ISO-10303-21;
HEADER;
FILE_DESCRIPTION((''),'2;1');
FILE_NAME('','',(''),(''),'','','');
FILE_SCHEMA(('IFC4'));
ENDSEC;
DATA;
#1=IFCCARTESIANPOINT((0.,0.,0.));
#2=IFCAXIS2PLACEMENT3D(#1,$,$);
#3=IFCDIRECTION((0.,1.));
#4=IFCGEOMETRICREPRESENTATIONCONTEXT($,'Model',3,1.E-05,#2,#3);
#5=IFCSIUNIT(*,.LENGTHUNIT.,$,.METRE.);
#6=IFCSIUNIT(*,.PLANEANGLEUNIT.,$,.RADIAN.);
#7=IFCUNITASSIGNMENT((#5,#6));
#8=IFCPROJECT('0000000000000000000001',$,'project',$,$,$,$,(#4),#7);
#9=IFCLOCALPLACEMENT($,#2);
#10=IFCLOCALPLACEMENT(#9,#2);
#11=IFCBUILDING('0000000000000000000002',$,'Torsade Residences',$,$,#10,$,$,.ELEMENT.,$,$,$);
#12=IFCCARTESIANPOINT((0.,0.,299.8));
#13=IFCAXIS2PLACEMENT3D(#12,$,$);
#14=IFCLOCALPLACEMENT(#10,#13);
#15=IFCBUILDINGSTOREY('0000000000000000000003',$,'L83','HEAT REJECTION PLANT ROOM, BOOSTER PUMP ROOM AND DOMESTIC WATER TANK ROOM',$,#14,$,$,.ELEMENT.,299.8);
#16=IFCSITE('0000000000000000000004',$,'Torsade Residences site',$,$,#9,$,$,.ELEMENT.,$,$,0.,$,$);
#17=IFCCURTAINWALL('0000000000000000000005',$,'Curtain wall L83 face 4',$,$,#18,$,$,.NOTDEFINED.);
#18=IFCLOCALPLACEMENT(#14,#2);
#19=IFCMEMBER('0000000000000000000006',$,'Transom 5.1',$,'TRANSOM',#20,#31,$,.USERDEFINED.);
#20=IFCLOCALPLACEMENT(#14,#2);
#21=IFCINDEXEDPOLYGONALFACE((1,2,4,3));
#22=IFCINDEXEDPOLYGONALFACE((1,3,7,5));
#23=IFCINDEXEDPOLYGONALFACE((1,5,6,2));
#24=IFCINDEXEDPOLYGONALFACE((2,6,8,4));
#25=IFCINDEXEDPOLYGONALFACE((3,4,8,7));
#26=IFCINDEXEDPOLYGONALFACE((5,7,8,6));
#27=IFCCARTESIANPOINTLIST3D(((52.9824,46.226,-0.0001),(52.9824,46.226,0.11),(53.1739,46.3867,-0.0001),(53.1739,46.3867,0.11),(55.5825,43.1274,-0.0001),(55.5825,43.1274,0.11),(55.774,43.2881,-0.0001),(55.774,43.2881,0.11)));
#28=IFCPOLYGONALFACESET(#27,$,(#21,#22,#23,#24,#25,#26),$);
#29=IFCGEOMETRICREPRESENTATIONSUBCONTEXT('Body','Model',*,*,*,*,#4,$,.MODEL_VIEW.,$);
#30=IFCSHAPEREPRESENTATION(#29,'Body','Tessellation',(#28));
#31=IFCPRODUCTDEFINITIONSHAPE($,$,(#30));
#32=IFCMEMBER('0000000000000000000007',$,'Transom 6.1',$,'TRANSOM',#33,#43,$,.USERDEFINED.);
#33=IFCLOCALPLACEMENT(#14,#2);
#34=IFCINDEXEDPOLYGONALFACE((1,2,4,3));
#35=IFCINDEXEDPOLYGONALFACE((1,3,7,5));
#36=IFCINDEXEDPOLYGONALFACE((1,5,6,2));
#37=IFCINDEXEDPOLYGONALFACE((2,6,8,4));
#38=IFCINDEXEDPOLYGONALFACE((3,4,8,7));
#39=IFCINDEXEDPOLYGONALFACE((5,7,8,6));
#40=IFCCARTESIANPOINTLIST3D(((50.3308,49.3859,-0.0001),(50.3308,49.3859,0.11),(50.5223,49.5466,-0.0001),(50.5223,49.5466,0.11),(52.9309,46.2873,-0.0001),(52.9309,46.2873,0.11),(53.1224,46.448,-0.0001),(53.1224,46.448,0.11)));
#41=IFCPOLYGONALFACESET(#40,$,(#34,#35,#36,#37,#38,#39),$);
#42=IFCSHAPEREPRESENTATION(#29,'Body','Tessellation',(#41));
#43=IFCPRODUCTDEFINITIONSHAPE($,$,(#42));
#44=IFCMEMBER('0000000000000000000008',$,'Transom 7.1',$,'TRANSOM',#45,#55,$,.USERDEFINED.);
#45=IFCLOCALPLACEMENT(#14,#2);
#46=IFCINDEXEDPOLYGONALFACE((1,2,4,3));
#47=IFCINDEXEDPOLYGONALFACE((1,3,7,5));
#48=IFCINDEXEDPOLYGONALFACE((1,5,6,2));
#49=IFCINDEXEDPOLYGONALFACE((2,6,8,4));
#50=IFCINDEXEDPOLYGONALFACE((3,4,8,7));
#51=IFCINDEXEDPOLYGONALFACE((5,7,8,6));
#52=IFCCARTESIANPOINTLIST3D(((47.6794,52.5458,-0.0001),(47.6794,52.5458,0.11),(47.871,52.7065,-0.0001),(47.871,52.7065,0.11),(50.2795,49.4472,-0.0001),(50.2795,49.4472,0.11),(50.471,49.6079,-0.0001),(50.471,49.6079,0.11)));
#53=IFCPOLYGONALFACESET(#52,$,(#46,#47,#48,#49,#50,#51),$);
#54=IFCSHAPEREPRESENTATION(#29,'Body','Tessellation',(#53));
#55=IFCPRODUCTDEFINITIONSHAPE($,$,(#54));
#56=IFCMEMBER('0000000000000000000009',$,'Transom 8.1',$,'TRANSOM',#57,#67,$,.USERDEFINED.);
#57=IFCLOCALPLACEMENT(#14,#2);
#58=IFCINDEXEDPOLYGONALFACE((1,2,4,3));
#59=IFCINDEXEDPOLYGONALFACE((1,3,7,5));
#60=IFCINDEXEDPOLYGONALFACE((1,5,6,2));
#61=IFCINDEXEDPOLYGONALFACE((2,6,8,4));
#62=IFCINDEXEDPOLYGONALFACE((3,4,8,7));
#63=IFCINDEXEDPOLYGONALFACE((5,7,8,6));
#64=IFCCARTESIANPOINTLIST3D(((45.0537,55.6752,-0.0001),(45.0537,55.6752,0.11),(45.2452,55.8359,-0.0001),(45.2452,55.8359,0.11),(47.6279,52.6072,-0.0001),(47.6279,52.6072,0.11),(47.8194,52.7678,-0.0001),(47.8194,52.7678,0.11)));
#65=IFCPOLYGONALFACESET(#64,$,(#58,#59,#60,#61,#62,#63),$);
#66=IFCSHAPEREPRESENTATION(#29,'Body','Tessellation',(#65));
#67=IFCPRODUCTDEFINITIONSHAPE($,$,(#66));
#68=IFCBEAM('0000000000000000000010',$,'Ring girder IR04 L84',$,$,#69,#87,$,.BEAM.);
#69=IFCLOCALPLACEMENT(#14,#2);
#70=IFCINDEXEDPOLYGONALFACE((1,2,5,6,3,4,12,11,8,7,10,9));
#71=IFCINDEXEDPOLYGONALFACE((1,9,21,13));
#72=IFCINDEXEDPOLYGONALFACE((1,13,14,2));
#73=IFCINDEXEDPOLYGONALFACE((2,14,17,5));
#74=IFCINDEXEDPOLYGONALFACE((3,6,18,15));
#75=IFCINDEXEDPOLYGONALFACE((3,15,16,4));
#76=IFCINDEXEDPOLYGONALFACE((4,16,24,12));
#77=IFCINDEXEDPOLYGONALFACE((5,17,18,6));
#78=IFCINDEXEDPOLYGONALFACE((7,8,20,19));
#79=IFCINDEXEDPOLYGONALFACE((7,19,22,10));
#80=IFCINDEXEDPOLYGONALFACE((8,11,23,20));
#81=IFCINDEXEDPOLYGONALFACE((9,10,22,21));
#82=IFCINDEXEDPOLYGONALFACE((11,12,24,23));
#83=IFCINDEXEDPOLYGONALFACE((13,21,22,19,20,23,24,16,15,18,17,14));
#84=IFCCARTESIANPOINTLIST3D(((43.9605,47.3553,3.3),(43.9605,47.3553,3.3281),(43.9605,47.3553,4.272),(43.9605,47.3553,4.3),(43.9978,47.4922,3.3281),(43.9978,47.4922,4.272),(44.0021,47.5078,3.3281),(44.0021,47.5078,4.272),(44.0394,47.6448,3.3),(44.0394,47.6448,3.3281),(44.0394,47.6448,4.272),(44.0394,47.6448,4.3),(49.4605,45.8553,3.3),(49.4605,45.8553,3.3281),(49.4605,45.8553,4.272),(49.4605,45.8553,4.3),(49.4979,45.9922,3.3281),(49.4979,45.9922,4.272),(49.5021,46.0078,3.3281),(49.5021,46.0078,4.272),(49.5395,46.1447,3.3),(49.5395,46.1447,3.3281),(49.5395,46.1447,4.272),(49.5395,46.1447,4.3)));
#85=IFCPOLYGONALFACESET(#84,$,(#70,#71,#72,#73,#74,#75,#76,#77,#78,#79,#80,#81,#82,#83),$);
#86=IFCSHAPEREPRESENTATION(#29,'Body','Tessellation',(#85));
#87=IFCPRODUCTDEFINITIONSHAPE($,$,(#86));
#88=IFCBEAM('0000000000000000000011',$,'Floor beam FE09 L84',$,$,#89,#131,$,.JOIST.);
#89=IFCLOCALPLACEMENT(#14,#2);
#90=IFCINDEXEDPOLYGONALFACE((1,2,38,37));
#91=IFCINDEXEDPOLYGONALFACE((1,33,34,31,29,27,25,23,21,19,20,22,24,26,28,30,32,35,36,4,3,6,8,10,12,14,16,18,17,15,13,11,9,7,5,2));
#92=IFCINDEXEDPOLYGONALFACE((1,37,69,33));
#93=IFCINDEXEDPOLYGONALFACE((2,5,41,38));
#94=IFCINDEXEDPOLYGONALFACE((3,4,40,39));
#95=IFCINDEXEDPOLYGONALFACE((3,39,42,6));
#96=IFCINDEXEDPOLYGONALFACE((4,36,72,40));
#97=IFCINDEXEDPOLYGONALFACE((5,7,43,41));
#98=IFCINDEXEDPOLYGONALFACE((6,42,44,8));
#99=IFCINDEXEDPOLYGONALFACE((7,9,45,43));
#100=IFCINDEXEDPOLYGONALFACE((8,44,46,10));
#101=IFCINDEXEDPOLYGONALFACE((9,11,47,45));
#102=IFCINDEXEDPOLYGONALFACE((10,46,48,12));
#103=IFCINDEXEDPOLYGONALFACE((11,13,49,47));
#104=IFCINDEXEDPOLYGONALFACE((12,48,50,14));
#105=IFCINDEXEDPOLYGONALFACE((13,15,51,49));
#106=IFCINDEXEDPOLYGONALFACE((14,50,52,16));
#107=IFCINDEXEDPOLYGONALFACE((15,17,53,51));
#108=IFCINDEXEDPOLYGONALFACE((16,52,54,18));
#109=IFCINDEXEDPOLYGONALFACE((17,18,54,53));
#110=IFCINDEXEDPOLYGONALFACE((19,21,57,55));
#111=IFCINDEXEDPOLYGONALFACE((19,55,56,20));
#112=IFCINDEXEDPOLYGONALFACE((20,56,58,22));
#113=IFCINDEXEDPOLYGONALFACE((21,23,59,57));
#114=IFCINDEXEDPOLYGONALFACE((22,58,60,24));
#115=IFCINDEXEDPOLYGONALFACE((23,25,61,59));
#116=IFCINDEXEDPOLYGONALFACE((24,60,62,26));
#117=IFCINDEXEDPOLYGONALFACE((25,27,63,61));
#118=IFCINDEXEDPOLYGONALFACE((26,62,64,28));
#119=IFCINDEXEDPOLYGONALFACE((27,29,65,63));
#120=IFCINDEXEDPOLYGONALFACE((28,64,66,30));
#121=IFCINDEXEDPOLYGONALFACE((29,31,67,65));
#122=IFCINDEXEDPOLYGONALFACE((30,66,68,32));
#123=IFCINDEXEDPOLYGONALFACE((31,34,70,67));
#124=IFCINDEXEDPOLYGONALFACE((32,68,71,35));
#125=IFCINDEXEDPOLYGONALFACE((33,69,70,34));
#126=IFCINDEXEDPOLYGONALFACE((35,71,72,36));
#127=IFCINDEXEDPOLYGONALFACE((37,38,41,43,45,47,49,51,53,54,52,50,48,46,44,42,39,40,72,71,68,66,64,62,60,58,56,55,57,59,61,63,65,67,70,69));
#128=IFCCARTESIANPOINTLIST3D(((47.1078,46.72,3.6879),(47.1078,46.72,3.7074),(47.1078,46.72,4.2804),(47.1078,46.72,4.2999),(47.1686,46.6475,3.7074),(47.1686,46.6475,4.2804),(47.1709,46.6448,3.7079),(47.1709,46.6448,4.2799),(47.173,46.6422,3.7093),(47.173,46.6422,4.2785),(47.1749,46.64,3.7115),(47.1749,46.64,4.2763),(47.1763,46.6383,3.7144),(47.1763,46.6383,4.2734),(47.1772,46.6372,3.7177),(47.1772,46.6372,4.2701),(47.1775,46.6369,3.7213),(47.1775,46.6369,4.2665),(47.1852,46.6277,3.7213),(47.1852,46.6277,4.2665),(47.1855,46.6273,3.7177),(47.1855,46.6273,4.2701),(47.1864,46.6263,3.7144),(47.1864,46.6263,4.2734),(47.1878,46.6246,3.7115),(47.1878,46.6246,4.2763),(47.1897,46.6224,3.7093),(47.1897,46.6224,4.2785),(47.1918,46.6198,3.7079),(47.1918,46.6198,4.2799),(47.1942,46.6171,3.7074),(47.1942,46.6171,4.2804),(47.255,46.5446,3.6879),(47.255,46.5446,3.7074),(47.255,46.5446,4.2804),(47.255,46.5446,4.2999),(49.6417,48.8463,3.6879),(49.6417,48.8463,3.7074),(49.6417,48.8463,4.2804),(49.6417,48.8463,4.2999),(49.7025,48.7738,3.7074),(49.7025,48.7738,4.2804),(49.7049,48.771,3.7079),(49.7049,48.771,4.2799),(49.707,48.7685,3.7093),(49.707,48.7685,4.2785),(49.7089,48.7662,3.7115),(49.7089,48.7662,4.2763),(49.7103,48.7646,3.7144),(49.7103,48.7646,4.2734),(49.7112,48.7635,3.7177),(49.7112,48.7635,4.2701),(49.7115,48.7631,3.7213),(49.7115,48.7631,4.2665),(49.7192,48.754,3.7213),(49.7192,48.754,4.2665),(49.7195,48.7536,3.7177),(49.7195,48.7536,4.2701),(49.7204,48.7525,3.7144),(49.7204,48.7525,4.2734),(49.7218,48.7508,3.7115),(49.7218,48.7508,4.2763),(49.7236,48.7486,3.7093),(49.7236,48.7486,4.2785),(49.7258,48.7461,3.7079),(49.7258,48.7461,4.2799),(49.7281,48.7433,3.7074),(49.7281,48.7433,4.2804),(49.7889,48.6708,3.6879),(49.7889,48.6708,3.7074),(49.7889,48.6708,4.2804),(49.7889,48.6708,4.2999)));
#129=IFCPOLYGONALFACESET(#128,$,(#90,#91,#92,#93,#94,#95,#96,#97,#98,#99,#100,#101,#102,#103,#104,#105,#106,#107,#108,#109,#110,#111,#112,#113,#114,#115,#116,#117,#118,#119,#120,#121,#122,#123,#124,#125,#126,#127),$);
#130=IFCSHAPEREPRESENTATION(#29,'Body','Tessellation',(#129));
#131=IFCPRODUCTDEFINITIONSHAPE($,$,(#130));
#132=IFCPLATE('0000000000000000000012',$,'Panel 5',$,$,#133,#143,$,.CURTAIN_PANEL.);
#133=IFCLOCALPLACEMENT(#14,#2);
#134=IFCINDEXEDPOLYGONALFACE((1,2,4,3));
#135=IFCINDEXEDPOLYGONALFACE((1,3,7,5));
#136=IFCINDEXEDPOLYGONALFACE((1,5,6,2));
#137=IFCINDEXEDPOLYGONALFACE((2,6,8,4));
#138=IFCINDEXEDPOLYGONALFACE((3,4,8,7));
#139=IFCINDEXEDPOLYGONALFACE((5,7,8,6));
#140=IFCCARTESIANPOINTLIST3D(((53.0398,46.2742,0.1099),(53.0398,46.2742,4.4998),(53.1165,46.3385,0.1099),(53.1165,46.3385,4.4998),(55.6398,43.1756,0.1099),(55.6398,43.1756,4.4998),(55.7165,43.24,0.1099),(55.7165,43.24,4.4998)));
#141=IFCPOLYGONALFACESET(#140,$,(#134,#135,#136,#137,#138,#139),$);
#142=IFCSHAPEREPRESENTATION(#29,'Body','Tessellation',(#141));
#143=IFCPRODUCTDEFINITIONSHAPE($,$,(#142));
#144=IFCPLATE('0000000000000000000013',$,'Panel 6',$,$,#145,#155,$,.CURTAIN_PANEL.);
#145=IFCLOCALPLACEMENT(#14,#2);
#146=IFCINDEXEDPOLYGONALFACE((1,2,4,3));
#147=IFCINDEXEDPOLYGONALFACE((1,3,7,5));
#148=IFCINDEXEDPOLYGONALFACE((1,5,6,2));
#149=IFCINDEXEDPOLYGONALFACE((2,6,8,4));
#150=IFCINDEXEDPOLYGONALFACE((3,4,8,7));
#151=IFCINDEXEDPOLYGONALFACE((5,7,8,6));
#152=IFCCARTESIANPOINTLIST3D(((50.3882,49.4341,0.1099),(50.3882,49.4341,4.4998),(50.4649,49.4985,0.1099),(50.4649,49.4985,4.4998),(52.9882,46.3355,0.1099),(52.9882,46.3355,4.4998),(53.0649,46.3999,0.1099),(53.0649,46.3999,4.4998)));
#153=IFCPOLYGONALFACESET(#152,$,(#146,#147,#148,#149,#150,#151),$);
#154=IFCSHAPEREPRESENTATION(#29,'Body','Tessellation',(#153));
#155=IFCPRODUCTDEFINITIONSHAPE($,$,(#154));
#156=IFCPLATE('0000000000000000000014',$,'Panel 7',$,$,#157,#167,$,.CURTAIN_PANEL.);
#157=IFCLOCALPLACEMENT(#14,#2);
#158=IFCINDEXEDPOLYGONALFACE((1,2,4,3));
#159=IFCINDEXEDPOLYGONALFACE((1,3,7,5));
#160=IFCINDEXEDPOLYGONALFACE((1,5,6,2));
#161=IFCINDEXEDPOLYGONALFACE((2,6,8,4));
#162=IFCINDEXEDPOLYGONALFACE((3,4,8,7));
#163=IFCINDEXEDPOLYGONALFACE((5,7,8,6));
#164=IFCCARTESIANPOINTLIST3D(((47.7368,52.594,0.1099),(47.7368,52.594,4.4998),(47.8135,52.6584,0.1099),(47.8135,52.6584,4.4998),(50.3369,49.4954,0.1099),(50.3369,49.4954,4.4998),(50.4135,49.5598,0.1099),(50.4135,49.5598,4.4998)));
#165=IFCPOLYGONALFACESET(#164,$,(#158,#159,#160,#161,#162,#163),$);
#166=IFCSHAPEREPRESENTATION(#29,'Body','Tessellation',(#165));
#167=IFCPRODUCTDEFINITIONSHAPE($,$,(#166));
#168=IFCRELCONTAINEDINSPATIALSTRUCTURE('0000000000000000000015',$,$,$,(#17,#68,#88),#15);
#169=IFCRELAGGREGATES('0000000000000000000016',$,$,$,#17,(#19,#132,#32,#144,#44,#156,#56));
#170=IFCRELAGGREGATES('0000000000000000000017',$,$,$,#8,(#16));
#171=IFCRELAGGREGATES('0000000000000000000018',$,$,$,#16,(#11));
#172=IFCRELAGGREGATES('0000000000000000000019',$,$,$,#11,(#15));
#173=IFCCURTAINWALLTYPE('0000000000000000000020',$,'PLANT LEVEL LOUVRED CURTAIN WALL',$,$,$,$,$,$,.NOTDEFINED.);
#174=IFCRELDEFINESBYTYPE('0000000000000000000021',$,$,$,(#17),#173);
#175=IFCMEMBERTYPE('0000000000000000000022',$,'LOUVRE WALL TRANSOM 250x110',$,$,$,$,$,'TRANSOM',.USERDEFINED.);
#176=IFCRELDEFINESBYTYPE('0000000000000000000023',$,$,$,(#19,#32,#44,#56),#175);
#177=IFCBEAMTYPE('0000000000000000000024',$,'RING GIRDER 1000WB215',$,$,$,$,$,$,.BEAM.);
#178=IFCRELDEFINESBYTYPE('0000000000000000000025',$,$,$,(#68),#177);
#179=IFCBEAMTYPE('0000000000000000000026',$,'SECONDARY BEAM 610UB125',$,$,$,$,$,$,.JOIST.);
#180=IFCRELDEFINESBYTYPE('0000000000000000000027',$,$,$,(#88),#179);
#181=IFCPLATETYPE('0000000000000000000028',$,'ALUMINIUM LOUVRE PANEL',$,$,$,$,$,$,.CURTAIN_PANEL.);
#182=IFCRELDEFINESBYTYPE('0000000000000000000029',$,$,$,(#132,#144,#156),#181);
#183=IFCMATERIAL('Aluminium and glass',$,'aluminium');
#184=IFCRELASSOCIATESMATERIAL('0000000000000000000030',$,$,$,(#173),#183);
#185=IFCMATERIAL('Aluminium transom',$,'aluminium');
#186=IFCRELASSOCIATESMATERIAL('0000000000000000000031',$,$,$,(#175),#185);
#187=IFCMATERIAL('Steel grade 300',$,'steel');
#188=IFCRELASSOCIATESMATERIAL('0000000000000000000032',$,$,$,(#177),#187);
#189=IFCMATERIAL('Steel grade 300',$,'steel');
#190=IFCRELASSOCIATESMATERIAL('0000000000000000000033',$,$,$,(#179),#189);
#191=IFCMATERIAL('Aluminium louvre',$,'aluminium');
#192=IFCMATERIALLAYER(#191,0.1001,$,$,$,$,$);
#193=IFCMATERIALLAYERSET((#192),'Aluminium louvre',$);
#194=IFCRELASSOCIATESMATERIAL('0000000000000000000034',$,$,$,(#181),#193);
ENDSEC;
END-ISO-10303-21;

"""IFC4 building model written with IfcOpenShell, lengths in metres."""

from ifc_helpers import new_model, si_unit, direction, frame, origin, origin_2d, place, context, subcontext, project, spatial, rectangle, i_section, extrude, material, layer, layer_set, material_profile, profile_set, type_object, element, aggregate, save


model = new_model("IFC4")

# Units and contexts
model_context = context("Model", 3, precision=1e-05, world=origin(), true_north=direction((0.0, 1.0)))
body_context = subcontext(model_context, "Body", "Model", "MODEL_VIEW")
ifc_project = project(units=[si_unit("LENGTHUNIT", "METRE"), si_unit("PLANEANGLEUNIT", "RADIAN")], contexts=[model_context])

# Site, building, storey
site_placement = place(None, origin())
site = spatial("IfcSite", under=ifc_project, at=site_placement, Name="Torsade Residences site", CompositionType="ELEMENT", RefElevation=0.0)
building_placement = place(site_placement, origin())
building = spatial("IfcBuilding", under=site, at=building_placement, Name="Torsade Residences", CompositionType="ELEMENT")
storey_placement = place(building_placement, frame((0.0, 0.0, 299.8)))
storey = spatial("IfcBuildingStorey", under=building, at=storey_placement, Name="L83", Description="HEAT REJECTION PLANT ROOM, BOOSTER PUMP ROOM AND DOMESTIC WATER TANK ROOM", CompositionType="ELEMENT", Elevation=299.8)

# Curtain wall, members
ifc_material_1 = material(Name="Aluminium and glass", Category="aluminium")
curtain_wall_type = type_object("IfcCurtainWallType", Name="PLANT LEVEL LOUVRED CURTAIN WALL", PredefinedType="NOTDEFINED", material=ifc_material_1)
curtain_wall_placement = place(storey_placement, origin())
curtain_wall = element("IfcCurtainWall", 1, at=curtain_wall_placement, inside=storey, type_object=curtain_wall_type, Name="Curtain wall L83 face 4", PredefinedType="NOTDEFINED")
ifc_material_2 = material(Name="Aluminium transom", Category="aluminium")
ifc_material_profile_1 = material_profile(ifc_material_2, rectangle(XDim=0.25, YDim=0.1101, at=origin_2d()), Name="LOUVRE WALL TRANSOM 250x110")
ifc_profile_set_1 = profile_set([ifc_material_profile_1], Name="Aluminium transom")
member_type_1 = type_object("IfcMemberType", Name="LOUVRE WALL TRANSOM 250x110", ElementType="TRANSOM", PredefinedType="USERDEFINED", material=ifc_profile_set_1)
member_1_placement = place(storey_placement, frame((55.6782, 43.2078, 0.0549), z_axis=(-0.642793, 0.76604, 0.0), x_axis=(-0.76604, -0.642793, 0.0)))
member_1 = element("IfcMember", 2, at=member_1_placement, type_object=member_type_1, Name="Transom 5.1", ObjectType="TRANSOM", PredefinedType="USERDEFINED", context=body_context, shape_type="SweptSolid", body=[
    extrude(rectangle(XDim=0.25, YDim=0.1101, at=origin_2d()), origin(), (0.0, 0.0, 1.0), 4.0449),
])
member_2_placement = place(storey_placement, frame((53.0266, 46.3677, 0.0549), z_axis=(-0.642793, 0.76604, 0.0), x_axis=(-0.76604, -0.642793, 0.0)))
member_2 = element("IfcMember", 3, at=member_2_placement, type_object=member_type_1, Name="Transom 6.1", ObjectType="TRANSOM", PredefinedType="USERDEFINED", context=body_context, shape_type="SweptSolid", body=[
    extrude(rectangle(XDim=0.25, YDim=0.1101, at=origin_2d()), origin(), (0.0, 0.0, 1.0), 4.0449),
])
member_3_placement = place(storey_placement, frame((50.3752, 49.5276, 0.0549), z_axis=(-0.642793, 0.76604, 0.0), x_axis=(-0.76604, -0.642793, 0.0)))
member_3 = element("IfcMember", 4, at=member_3_placement, type_object=member_type_1, Name="Transom 7.1", ObjectType="TRANSOM", PredefinedType="USERDEFINED", context=body_context, shape_type="SweptSolid", body=[
    extrude(rectangle(XDim=0.25, YDim=0.1101, at=origin_2d()), origin(), (0.0, 0.0, 1.0), 4.0449),
])
member_4_placement = place(storey_placement, frame((47.7236, 52.6875, 0.0549), z_axis=(-0.642753, 0.766073, 0.0), x_axis=(-0.766073, -0.642753, 0.0)))
member_4 = element("IfcMember", 5, at=member_4_placement, type_object=member_type_1, Name="Transom 8.1", ObjectType="TRANSOM", PredefinedType="USERDEFINED", context=body_context, shape_type="SweptSolid", body=[
    extrude(rectangle(XDim=0.25, YDim=0.1101, at=origin_2d()), origin(), (0.0, 0.0, 1.0), 4.0049),
])

# Beams
ifc_material_3 = material(Name="Steel grade 300", Category="steel")
ifc_material_profile_2 = material_profile(ifc_material_3, i_section(OverallWidth=0.3, OverallDepth=1.0, WebThickness=0.0161, FlangeThickness=0.0281, at=origin_2d()), Name="1000WB215")
ifc_profile_set_2 = profile_set([ifc_material_profile_2], Name="Steel grade 300")
beam_type_1 = type_object("IfcBeamType", Name="RING GIRDER 1000WB215", PredefinedType="BEAM", material=ifc_profile_set_2)
beam_1_placement = place(storey_placement, frame((49.5, 46.0, 3.8), z_axis=(-0.964764, 0.263117, 0.0), x_axis=(-0.263117, -0.964764, 0.0)))
element("IfcBeam", 6, at=beam_1_placement, inside=storey, type_object=beam_type_1, Name="Ring girder IR04 L84", PredefinedType="BEAM", context=body_context, shape_type="SweptSolid", body=[
    extrude(i_section(OverallWidth=0.3, OverallDepth=1.0, WebThickness=0.0161, FlangeThickness=0.0281, at=origin_2d()), origin(), (0.0, 0.0, 1.0), 5.7009),
])
ifc_material_4 = material(Name="Steel grade 300", Category="steel")
ifc_material_profile_3 = material_profile(ifc_material_4, i_section(OverallWidth=0.229, OverallDepth=0.6121, WebThickness=0.012, FlangeThickness=0.0195, FilletRadius=0.0139, at=origin_2d()), Name="610UB125")
ifc_profile_set_3 = profile_set([ifc_material_profile_3], Name="Steel grade 300")
beam_type_2 = type_object("IfcBeamType", Name="SECONDARY BEAM 610UB125", PredefinedType="JOIST", material=ifc_profile_set_3)
beam_2_placement = place(storey_placement, frame((49.7153, 48.7585, 3.9939), z_axis=(-0.766045, -0.642787, 0.0), x_axis=(0.642787, -0.766045, 0.0)))
element("IfcBeam", 7, at=beam_2_placement, inside=storey, type_object=beam_type_2, Name="Floor beam FE09 L84", PredefinedType="JOIST", context=body_context, shape_type="SweptSolid", body=[
    extrude(i_section(OverallWidth=0.229, OverallDepth=0.6121, WebThickness=0.012, FlangeThickness=0.0195, FilletRadius=0.0139, at=origin_2d()), origin(), (0.0, 0.0, 1.0), 3.3079),
])

# Plates
ifc_material_5 = material(Name="Aluminium louvre", Category="aluminium")
ifc_layer_1 = layer(ifc_material_5, 0.1001)
ifc_layer_set_1 = layer_set([ifc_layer_1], Name="Aluminium louvre")
plate_type = type_object("IfcPlateType", Name="ALUMINIUM LOUVRE PANEL", PredefinedType="CURTAIN_PANEL", material=ifc_layer_set_1)
plate_1_placement = place(storey_placement, frame((54.3782, 44.7571, 0.1099), z_axis=(0.0, 0.0, 1.0), x_axis=(-0.642788, 0.766044, 0.0)))
plate_1 = element("IfcPlate", 8, at=plate_1_placement, type_object=plate_type, Name="Panel 5", PredefinedType="CURTAIN_PANEL", context=body_context, shape_type="SweptSolid", body=[
    extrude(rectangle(XDim=4.0449, YDim=0.1001, at=origin_2d()), origin(), (0.0, 0.0, 1.0), 4.3899),
])
plate_2_placement = place(storey_placement, frame((51.7266, 47.917, 0.1099), z_axis=(0.0, 0.0, 1.0), x_axis=(-0.642788, 0.766044, 0.0)))
plate_2 = element("IfcPlate", 9, at=plate_2_placement, type_object=plate_type, Name="Panel 6", PredefinedType="CURTAIN_PANEL", context=body_context, shape_type="SweptSolid", body=[
    extrude(rectangle(XDim=4.0449, YDim=0.1001, at=origin_2d()), origin(), (0.0, 0.0, 1.0), 4.3899),
])
plate_3_placement = place(storey_placement, frame((49.0752, 51.0769, 0.1099), z_axis=(0.0, 0.0, 1.0), x_axis=(-0.642788, 0.766044, 0.0)))
plate_3 = element("IfcPlate", 10, at=plate_3_placement, type_object=plate_type, Name="Panel 7", PredefinedType="CURTAIN_PANEL", context=body_context, shape_type="SweptSolid", body=[
    extrude(rectangle(XDim=4.0449, YDim=0.1001, at=origin_2d()), origin(), (0.0, 0.0, 1.0), 4.3899),
])
aggregate(curtain_wall, [member_1, plate_1, member_2, plate_2, member_3, plate_3, member_4])

save(model, "model.ifc")
